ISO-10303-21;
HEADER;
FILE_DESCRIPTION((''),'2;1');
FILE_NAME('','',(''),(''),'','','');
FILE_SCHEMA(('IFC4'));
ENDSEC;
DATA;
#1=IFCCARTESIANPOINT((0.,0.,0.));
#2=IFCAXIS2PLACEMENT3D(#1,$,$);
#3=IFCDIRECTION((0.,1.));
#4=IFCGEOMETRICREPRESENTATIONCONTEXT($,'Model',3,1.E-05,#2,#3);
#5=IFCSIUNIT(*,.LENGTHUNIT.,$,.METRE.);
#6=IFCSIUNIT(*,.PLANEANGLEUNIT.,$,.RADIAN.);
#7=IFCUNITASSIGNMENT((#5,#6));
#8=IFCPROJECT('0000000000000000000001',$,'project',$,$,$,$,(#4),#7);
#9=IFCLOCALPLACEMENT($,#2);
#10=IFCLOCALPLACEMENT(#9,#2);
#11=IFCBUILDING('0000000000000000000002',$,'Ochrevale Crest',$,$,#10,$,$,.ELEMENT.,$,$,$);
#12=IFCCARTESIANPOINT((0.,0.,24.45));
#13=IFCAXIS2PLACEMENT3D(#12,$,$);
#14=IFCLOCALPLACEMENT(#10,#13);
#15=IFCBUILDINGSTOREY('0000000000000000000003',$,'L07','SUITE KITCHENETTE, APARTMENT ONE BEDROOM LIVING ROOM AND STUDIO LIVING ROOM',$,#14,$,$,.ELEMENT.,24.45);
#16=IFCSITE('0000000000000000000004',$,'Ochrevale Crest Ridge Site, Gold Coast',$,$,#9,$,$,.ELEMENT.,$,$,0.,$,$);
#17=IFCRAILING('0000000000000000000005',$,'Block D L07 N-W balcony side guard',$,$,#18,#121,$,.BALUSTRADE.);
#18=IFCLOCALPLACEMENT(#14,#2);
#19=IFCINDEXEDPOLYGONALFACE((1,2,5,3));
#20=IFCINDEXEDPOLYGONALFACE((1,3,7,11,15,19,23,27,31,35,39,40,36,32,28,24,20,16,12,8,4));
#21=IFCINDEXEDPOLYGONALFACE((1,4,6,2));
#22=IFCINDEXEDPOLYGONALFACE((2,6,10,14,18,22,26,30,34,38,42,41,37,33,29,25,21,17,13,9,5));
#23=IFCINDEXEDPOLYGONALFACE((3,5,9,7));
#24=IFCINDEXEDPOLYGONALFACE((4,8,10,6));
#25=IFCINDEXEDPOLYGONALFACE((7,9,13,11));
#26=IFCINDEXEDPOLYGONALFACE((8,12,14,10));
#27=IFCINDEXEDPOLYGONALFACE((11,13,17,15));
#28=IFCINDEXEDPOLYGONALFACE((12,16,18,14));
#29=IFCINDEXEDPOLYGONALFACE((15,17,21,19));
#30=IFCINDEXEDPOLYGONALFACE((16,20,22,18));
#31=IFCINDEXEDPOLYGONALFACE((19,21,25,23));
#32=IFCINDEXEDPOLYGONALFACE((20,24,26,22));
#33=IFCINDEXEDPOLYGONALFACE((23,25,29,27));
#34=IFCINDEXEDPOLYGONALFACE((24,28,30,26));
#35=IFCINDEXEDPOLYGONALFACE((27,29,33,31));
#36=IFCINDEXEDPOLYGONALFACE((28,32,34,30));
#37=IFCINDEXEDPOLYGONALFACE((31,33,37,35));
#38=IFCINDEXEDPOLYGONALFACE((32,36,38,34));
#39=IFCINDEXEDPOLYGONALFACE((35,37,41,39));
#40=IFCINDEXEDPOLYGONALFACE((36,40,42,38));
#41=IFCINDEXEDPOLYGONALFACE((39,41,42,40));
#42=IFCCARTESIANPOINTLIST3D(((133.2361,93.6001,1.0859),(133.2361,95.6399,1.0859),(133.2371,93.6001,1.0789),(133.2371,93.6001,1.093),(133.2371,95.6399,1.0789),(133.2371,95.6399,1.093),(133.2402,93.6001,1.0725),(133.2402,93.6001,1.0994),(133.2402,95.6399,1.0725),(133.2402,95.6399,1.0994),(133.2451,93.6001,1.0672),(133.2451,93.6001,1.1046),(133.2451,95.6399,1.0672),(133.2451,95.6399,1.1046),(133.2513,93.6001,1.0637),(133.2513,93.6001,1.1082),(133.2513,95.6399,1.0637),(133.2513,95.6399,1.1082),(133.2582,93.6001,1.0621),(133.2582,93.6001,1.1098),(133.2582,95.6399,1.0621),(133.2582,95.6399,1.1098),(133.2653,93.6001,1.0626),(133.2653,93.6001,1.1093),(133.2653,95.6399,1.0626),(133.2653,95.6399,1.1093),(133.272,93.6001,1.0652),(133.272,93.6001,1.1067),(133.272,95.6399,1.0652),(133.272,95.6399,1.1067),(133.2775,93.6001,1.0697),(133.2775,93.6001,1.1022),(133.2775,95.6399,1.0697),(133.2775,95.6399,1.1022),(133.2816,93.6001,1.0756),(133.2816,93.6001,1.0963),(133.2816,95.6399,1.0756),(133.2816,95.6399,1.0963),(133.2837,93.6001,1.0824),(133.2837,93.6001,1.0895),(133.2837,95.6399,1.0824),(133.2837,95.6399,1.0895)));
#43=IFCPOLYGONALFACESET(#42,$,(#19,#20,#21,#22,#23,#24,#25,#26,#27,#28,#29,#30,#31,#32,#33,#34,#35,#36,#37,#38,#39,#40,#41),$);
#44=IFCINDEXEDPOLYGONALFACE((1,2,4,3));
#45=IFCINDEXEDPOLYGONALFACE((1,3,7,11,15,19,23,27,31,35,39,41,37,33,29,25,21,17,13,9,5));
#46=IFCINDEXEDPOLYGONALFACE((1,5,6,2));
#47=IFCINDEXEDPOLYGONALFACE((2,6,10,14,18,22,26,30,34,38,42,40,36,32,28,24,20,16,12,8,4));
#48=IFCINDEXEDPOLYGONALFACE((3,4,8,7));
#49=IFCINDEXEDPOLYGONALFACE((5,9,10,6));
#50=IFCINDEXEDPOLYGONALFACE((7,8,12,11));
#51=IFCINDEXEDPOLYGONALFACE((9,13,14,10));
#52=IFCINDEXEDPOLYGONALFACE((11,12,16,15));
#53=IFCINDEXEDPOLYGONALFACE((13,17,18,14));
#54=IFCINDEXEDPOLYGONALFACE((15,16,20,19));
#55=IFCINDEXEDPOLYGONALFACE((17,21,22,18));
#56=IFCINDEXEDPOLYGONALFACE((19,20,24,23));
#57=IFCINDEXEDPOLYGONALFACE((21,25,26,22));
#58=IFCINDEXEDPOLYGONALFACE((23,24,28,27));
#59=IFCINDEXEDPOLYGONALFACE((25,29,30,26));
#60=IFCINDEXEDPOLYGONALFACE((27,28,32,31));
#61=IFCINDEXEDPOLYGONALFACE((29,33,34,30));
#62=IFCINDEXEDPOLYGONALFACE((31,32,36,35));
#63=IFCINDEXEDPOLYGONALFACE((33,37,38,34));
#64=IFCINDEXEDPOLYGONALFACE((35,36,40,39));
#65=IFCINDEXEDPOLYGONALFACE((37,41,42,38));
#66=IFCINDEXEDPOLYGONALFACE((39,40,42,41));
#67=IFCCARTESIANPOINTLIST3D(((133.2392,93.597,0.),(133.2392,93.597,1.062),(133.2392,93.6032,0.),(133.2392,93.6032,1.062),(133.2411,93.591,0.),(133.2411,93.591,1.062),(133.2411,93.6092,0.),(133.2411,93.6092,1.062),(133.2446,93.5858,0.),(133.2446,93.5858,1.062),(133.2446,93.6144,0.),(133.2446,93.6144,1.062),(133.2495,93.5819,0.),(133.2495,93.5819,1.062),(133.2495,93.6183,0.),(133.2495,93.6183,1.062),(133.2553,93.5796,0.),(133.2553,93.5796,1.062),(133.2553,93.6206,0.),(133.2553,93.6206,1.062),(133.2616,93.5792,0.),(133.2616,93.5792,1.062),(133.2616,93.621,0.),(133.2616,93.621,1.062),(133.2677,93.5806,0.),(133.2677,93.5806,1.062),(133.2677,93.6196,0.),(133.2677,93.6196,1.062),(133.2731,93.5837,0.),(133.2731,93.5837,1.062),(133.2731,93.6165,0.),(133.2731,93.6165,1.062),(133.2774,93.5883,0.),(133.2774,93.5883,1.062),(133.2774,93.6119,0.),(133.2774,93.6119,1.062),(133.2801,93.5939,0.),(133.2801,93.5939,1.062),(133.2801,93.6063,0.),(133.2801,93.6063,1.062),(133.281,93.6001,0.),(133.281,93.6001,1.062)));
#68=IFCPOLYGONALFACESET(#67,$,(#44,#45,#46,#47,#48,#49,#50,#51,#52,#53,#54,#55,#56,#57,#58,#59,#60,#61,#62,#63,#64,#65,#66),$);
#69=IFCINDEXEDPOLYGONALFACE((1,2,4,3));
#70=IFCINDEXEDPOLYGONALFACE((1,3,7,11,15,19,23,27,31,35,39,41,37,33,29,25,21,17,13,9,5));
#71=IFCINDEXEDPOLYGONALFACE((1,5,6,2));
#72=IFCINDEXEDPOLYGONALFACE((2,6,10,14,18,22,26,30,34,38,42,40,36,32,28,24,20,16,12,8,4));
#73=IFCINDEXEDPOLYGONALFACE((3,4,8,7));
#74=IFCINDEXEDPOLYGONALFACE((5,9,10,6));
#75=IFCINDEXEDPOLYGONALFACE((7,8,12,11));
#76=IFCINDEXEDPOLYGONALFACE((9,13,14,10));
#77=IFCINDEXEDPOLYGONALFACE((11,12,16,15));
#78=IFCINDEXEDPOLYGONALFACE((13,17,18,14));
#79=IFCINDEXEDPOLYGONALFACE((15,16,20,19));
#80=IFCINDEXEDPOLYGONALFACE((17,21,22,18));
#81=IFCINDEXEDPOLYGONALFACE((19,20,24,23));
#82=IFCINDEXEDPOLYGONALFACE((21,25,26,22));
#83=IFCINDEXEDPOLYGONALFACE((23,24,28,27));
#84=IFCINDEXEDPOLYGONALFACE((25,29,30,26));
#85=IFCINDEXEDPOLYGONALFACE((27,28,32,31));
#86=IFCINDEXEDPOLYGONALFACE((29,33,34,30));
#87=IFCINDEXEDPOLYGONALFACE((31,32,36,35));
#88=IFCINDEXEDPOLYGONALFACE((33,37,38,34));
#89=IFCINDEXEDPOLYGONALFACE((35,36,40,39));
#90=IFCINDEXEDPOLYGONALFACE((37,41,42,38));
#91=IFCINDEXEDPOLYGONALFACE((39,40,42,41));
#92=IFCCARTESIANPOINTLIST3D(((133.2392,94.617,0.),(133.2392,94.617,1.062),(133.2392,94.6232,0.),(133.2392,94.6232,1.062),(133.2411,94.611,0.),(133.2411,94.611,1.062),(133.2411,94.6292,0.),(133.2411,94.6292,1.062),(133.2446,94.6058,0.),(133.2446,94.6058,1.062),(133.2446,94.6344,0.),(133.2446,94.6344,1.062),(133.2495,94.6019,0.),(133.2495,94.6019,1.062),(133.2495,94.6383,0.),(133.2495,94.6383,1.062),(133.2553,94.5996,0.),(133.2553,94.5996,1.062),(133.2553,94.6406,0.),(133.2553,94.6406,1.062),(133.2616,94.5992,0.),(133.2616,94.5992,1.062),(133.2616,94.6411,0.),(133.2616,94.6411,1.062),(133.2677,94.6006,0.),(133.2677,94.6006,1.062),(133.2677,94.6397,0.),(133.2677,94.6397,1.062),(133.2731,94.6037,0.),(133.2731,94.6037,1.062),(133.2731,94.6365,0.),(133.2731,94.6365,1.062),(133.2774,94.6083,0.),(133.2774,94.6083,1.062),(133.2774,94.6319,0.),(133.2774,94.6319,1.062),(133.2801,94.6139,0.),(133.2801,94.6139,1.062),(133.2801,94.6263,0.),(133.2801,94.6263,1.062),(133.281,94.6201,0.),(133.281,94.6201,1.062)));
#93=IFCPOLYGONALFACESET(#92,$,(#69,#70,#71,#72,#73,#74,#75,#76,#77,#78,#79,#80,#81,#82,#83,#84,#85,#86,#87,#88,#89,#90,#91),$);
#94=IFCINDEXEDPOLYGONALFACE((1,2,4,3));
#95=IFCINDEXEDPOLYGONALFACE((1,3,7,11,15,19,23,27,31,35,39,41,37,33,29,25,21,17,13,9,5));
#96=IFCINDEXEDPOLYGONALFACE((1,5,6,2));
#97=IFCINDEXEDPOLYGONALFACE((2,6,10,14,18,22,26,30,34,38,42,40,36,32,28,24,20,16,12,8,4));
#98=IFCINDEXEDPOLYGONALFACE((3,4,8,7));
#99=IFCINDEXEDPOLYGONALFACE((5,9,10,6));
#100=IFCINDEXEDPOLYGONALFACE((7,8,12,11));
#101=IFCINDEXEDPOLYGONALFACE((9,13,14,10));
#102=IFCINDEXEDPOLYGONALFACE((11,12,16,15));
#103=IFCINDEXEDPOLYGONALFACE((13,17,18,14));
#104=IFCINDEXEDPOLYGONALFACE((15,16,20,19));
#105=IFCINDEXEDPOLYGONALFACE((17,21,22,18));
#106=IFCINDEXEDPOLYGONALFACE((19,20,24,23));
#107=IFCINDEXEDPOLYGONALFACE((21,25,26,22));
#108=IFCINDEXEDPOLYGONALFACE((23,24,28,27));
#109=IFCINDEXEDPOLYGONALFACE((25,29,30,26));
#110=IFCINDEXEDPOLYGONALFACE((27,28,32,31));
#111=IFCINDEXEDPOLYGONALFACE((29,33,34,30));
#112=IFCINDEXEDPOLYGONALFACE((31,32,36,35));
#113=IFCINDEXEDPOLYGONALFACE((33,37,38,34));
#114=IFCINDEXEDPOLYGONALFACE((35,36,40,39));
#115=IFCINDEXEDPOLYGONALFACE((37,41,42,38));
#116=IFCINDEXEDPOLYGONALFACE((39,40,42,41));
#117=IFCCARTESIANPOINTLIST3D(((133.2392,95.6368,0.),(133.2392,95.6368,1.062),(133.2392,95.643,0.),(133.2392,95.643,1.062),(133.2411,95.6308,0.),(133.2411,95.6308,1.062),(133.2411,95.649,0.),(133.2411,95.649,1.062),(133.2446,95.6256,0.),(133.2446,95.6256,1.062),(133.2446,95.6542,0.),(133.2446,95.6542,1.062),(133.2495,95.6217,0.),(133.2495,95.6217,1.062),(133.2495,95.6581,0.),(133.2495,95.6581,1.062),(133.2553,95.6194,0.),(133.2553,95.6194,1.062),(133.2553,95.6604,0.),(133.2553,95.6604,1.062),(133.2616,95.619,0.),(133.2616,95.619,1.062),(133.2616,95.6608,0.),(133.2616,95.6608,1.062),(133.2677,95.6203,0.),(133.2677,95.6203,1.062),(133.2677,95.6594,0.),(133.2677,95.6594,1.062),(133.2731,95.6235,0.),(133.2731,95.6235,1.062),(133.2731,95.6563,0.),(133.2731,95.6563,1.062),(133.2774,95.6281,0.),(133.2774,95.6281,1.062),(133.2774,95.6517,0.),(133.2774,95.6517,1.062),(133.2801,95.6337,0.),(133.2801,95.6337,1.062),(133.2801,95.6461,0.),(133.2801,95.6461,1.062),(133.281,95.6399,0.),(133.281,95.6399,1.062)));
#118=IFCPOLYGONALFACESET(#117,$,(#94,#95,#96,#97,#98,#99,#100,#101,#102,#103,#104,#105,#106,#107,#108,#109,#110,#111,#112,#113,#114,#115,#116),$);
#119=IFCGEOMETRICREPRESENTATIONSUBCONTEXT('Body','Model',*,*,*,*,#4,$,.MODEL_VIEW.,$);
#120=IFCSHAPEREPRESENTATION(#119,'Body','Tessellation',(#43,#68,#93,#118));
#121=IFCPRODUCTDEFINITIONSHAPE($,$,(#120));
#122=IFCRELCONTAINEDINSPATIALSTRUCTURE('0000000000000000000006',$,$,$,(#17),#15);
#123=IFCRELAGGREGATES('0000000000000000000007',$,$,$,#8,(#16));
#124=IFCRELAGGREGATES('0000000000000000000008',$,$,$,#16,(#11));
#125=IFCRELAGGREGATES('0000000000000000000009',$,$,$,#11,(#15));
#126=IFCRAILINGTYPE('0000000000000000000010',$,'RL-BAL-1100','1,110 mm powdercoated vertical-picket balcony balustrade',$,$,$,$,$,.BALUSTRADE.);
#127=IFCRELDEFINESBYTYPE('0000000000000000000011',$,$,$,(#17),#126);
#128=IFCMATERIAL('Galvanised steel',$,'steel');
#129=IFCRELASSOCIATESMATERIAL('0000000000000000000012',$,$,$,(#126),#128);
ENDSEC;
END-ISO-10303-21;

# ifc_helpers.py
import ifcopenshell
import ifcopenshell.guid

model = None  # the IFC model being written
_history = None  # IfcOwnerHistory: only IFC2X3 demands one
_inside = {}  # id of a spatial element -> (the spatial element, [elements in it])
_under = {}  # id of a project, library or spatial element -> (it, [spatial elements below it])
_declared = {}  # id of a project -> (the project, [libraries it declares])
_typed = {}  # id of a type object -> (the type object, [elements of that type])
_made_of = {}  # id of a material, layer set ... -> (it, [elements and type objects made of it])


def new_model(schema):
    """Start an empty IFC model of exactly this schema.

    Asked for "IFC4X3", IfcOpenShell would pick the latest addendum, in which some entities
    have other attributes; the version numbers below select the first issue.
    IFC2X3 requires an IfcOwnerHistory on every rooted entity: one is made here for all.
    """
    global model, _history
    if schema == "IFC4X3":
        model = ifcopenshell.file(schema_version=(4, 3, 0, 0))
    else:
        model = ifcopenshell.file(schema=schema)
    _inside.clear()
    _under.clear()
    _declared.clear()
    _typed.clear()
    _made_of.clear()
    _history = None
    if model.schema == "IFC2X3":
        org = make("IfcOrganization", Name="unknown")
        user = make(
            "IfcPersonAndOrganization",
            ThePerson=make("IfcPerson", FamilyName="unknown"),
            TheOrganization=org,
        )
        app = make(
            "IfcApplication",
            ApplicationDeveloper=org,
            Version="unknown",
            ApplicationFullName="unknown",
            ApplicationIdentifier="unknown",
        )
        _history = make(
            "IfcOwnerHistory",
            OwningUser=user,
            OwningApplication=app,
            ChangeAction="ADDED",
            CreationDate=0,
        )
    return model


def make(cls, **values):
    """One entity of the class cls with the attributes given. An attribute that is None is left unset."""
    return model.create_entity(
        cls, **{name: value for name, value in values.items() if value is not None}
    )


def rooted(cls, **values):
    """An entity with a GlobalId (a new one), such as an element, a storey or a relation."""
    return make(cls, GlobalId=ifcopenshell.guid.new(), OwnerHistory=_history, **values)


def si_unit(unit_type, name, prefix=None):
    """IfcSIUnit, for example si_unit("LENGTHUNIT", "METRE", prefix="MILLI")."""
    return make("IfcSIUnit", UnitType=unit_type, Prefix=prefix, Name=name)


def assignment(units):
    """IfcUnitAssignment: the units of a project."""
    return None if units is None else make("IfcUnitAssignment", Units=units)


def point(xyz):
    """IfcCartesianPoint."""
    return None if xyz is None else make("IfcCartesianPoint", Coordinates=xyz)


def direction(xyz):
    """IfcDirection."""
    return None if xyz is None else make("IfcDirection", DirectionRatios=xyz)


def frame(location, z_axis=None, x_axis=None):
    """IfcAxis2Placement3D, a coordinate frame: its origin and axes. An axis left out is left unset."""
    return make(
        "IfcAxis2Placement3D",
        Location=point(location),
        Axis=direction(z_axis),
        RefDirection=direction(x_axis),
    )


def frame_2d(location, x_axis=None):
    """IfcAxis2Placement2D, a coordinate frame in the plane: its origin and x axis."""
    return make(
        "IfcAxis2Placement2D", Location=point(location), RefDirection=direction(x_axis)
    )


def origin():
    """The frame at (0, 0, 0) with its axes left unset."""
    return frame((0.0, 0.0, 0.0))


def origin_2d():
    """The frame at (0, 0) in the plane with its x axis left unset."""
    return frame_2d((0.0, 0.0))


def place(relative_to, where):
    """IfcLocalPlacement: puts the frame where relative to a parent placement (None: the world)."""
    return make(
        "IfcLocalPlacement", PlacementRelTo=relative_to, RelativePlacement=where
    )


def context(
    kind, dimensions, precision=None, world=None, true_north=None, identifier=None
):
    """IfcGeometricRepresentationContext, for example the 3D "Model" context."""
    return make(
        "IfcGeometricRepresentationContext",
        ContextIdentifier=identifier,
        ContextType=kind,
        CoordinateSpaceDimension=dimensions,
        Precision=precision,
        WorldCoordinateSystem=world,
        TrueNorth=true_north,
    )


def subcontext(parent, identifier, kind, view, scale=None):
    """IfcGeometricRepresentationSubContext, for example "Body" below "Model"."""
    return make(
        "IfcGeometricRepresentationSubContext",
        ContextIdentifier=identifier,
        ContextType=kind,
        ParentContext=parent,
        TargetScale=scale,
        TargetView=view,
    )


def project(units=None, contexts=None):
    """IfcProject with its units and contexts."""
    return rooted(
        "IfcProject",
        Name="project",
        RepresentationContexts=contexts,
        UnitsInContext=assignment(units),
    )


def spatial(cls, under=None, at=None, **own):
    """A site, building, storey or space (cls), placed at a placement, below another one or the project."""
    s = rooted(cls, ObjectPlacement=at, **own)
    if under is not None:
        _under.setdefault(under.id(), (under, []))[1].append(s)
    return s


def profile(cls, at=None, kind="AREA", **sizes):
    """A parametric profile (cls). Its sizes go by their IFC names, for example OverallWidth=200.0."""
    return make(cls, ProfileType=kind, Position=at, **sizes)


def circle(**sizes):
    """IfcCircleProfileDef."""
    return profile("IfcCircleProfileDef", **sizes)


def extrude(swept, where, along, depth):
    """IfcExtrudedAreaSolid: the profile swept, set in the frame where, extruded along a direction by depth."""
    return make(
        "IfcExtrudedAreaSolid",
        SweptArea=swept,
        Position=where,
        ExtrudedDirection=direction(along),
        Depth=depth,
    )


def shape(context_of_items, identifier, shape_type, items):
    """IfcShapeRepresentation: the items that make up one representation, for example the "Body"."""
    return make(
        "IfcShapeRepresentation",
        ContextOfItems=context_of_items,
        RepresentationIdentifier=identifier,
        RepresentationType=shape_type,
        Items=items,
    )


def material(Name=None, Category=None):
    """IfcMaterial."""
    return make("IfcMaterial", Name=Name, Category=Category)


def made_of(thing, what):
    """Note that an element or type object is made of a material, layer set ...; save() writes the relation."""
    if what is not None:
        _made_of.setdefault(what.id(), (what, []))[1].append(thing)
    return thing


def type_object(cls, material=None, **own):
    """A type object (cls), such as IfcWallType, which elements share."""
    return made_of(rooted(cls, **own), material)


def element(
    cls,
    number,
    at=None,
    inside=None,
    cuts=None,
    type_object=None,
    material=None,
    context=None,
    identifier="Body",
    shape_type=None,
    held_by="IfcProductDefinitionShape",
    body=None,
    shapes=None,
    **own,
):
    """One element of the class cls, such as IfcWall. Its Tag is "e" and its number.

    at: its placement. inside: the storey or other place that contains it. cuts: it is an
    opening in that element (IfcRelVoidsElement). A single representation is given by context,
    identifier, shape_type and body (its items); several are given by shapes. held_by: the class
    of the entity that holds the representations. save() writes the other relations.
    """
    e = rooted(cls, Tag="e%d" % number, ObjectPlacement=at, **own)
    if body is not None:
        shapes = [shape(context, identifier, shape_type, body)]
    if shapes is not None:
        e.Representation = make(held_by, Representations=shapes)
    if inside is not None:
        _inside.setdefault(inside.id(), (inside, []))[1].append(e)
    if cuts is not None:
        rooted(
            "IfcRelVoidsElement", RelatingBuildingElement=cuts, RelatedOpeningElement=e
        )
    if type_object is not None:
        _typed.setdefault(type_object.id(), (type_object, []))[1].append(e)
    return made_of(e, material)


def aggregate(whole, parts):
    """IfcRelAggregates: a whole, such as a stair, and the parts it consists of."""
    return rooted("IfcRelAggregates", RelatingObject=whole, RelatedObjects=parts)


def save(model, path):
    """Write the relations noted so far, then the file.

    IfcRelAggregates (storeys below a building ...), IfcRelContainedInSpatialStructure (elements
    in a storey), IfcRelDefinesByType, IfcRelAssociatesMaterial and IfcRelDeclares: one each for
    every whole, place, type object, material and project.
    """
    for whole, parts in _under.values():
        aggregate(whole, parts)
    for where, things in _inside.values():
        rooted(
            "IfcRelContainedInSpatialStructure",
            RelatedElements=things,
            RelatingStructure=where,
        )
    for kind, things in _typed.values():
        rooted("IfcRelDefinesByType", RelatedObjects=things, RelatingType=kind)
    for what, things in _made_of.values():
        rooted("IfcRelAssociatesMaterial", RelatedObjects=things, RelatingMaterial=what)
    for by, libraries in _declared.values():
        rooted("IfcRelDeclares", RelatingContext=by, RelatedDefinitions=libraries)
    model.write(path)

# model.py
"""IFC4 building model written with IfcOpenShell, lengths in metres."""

from ifc_helpers import new_model, si_unit, direction, frame, origin, origin_2d, place, context, subcontext, project, spatial, circle, extrude, material, type_object, element, save


model = new_model("IFC4")

# Units and contexts
model_context = context("Model", 3, precision=1e-05, world=origin(), true_north=direction((0.0, 1.0)))
body_context = subcontext(model_context, "Body", "Model", "MODEL_VIEW")
ifc_project = project(units=[si_unit("LENGTHUNIT", "METRE"), si_unit("PLANEANGLEUNIT", "RADIAN")], contexts=[model_context])

# Site, building, storey
site_placement = place(None, origin())
site = spatial("IfcSite", under=ifc_project, at=site_placement, Name="Ochrevale Crest Ridge Site, Gold Coast", CompositionType="ELEMENT", RefElevation=0.0)
building_placement = place(site_placement, origin())
building = spatial("IfcBuilding", under=site, at=building_placement, Name="Ochrevale Crest", CompositionType="ELEMENT")
storey_placement = place(building_placement, frame((0.0, 0.0, 24.45)))
storey = spatial("IfcBuildingStorey", under=building, at=storey_placement, Name="L07", Description="SUITE KITCHENETTE, APARTMENT ONE BEDROOM LIVING ROOM AND STUDIO LIVING ROOM", CompositionType="ELEMENT", Elevation=24.45)

# Railing
ifc_material_1 = material(Name="Galvanised steel", Category="steel")
railing_type = type_object("IfcRailingType", Name="RL-BAL-1100", Description="1,110 mm powdercoated vertical-picket balcony balustrade", PredefinedType="BALUSTRADE", material=ifc_material_1)
railing_placement = place(storey_placement, frame((133.26, 93.6001, 0.0)))
element("IfcRailing", 1, at=railing_placement, inside=storey, type_object=railing_type, Name="Block D L07 N-W balcony side guard", PredefinedType="BALUSTRADE", context=body_context, shape_type="SweptSolid", body=[
    extrude(circle(Radius=0.0239, at=origin_2d()), frame((0.0, 0.0, 1.0859), z_axis=(0.0, 1.0, 0.0), x_axis=(-1.0, 0.0, 0.0)), (0.0, 0.0, 1.0), 2.0398),
    extrude(circle(Radius=0.021, at=origin_2d()), origin(), (0.0, 0.0, 1.0), 1.062),
    extrude(circle(Radius=0.021, at=origin_2d()), frame((0.0, 1.02, 0.0)), (0.0, 0.0, 1.0), 1.062),
    extrude(circle(Radius=0.021, at=origin_2d()), frame((0.0, 2.0398, 0.0)), (0.0, 0.0, 1.0), 1.062),
])

save(model, "model.ifc")
